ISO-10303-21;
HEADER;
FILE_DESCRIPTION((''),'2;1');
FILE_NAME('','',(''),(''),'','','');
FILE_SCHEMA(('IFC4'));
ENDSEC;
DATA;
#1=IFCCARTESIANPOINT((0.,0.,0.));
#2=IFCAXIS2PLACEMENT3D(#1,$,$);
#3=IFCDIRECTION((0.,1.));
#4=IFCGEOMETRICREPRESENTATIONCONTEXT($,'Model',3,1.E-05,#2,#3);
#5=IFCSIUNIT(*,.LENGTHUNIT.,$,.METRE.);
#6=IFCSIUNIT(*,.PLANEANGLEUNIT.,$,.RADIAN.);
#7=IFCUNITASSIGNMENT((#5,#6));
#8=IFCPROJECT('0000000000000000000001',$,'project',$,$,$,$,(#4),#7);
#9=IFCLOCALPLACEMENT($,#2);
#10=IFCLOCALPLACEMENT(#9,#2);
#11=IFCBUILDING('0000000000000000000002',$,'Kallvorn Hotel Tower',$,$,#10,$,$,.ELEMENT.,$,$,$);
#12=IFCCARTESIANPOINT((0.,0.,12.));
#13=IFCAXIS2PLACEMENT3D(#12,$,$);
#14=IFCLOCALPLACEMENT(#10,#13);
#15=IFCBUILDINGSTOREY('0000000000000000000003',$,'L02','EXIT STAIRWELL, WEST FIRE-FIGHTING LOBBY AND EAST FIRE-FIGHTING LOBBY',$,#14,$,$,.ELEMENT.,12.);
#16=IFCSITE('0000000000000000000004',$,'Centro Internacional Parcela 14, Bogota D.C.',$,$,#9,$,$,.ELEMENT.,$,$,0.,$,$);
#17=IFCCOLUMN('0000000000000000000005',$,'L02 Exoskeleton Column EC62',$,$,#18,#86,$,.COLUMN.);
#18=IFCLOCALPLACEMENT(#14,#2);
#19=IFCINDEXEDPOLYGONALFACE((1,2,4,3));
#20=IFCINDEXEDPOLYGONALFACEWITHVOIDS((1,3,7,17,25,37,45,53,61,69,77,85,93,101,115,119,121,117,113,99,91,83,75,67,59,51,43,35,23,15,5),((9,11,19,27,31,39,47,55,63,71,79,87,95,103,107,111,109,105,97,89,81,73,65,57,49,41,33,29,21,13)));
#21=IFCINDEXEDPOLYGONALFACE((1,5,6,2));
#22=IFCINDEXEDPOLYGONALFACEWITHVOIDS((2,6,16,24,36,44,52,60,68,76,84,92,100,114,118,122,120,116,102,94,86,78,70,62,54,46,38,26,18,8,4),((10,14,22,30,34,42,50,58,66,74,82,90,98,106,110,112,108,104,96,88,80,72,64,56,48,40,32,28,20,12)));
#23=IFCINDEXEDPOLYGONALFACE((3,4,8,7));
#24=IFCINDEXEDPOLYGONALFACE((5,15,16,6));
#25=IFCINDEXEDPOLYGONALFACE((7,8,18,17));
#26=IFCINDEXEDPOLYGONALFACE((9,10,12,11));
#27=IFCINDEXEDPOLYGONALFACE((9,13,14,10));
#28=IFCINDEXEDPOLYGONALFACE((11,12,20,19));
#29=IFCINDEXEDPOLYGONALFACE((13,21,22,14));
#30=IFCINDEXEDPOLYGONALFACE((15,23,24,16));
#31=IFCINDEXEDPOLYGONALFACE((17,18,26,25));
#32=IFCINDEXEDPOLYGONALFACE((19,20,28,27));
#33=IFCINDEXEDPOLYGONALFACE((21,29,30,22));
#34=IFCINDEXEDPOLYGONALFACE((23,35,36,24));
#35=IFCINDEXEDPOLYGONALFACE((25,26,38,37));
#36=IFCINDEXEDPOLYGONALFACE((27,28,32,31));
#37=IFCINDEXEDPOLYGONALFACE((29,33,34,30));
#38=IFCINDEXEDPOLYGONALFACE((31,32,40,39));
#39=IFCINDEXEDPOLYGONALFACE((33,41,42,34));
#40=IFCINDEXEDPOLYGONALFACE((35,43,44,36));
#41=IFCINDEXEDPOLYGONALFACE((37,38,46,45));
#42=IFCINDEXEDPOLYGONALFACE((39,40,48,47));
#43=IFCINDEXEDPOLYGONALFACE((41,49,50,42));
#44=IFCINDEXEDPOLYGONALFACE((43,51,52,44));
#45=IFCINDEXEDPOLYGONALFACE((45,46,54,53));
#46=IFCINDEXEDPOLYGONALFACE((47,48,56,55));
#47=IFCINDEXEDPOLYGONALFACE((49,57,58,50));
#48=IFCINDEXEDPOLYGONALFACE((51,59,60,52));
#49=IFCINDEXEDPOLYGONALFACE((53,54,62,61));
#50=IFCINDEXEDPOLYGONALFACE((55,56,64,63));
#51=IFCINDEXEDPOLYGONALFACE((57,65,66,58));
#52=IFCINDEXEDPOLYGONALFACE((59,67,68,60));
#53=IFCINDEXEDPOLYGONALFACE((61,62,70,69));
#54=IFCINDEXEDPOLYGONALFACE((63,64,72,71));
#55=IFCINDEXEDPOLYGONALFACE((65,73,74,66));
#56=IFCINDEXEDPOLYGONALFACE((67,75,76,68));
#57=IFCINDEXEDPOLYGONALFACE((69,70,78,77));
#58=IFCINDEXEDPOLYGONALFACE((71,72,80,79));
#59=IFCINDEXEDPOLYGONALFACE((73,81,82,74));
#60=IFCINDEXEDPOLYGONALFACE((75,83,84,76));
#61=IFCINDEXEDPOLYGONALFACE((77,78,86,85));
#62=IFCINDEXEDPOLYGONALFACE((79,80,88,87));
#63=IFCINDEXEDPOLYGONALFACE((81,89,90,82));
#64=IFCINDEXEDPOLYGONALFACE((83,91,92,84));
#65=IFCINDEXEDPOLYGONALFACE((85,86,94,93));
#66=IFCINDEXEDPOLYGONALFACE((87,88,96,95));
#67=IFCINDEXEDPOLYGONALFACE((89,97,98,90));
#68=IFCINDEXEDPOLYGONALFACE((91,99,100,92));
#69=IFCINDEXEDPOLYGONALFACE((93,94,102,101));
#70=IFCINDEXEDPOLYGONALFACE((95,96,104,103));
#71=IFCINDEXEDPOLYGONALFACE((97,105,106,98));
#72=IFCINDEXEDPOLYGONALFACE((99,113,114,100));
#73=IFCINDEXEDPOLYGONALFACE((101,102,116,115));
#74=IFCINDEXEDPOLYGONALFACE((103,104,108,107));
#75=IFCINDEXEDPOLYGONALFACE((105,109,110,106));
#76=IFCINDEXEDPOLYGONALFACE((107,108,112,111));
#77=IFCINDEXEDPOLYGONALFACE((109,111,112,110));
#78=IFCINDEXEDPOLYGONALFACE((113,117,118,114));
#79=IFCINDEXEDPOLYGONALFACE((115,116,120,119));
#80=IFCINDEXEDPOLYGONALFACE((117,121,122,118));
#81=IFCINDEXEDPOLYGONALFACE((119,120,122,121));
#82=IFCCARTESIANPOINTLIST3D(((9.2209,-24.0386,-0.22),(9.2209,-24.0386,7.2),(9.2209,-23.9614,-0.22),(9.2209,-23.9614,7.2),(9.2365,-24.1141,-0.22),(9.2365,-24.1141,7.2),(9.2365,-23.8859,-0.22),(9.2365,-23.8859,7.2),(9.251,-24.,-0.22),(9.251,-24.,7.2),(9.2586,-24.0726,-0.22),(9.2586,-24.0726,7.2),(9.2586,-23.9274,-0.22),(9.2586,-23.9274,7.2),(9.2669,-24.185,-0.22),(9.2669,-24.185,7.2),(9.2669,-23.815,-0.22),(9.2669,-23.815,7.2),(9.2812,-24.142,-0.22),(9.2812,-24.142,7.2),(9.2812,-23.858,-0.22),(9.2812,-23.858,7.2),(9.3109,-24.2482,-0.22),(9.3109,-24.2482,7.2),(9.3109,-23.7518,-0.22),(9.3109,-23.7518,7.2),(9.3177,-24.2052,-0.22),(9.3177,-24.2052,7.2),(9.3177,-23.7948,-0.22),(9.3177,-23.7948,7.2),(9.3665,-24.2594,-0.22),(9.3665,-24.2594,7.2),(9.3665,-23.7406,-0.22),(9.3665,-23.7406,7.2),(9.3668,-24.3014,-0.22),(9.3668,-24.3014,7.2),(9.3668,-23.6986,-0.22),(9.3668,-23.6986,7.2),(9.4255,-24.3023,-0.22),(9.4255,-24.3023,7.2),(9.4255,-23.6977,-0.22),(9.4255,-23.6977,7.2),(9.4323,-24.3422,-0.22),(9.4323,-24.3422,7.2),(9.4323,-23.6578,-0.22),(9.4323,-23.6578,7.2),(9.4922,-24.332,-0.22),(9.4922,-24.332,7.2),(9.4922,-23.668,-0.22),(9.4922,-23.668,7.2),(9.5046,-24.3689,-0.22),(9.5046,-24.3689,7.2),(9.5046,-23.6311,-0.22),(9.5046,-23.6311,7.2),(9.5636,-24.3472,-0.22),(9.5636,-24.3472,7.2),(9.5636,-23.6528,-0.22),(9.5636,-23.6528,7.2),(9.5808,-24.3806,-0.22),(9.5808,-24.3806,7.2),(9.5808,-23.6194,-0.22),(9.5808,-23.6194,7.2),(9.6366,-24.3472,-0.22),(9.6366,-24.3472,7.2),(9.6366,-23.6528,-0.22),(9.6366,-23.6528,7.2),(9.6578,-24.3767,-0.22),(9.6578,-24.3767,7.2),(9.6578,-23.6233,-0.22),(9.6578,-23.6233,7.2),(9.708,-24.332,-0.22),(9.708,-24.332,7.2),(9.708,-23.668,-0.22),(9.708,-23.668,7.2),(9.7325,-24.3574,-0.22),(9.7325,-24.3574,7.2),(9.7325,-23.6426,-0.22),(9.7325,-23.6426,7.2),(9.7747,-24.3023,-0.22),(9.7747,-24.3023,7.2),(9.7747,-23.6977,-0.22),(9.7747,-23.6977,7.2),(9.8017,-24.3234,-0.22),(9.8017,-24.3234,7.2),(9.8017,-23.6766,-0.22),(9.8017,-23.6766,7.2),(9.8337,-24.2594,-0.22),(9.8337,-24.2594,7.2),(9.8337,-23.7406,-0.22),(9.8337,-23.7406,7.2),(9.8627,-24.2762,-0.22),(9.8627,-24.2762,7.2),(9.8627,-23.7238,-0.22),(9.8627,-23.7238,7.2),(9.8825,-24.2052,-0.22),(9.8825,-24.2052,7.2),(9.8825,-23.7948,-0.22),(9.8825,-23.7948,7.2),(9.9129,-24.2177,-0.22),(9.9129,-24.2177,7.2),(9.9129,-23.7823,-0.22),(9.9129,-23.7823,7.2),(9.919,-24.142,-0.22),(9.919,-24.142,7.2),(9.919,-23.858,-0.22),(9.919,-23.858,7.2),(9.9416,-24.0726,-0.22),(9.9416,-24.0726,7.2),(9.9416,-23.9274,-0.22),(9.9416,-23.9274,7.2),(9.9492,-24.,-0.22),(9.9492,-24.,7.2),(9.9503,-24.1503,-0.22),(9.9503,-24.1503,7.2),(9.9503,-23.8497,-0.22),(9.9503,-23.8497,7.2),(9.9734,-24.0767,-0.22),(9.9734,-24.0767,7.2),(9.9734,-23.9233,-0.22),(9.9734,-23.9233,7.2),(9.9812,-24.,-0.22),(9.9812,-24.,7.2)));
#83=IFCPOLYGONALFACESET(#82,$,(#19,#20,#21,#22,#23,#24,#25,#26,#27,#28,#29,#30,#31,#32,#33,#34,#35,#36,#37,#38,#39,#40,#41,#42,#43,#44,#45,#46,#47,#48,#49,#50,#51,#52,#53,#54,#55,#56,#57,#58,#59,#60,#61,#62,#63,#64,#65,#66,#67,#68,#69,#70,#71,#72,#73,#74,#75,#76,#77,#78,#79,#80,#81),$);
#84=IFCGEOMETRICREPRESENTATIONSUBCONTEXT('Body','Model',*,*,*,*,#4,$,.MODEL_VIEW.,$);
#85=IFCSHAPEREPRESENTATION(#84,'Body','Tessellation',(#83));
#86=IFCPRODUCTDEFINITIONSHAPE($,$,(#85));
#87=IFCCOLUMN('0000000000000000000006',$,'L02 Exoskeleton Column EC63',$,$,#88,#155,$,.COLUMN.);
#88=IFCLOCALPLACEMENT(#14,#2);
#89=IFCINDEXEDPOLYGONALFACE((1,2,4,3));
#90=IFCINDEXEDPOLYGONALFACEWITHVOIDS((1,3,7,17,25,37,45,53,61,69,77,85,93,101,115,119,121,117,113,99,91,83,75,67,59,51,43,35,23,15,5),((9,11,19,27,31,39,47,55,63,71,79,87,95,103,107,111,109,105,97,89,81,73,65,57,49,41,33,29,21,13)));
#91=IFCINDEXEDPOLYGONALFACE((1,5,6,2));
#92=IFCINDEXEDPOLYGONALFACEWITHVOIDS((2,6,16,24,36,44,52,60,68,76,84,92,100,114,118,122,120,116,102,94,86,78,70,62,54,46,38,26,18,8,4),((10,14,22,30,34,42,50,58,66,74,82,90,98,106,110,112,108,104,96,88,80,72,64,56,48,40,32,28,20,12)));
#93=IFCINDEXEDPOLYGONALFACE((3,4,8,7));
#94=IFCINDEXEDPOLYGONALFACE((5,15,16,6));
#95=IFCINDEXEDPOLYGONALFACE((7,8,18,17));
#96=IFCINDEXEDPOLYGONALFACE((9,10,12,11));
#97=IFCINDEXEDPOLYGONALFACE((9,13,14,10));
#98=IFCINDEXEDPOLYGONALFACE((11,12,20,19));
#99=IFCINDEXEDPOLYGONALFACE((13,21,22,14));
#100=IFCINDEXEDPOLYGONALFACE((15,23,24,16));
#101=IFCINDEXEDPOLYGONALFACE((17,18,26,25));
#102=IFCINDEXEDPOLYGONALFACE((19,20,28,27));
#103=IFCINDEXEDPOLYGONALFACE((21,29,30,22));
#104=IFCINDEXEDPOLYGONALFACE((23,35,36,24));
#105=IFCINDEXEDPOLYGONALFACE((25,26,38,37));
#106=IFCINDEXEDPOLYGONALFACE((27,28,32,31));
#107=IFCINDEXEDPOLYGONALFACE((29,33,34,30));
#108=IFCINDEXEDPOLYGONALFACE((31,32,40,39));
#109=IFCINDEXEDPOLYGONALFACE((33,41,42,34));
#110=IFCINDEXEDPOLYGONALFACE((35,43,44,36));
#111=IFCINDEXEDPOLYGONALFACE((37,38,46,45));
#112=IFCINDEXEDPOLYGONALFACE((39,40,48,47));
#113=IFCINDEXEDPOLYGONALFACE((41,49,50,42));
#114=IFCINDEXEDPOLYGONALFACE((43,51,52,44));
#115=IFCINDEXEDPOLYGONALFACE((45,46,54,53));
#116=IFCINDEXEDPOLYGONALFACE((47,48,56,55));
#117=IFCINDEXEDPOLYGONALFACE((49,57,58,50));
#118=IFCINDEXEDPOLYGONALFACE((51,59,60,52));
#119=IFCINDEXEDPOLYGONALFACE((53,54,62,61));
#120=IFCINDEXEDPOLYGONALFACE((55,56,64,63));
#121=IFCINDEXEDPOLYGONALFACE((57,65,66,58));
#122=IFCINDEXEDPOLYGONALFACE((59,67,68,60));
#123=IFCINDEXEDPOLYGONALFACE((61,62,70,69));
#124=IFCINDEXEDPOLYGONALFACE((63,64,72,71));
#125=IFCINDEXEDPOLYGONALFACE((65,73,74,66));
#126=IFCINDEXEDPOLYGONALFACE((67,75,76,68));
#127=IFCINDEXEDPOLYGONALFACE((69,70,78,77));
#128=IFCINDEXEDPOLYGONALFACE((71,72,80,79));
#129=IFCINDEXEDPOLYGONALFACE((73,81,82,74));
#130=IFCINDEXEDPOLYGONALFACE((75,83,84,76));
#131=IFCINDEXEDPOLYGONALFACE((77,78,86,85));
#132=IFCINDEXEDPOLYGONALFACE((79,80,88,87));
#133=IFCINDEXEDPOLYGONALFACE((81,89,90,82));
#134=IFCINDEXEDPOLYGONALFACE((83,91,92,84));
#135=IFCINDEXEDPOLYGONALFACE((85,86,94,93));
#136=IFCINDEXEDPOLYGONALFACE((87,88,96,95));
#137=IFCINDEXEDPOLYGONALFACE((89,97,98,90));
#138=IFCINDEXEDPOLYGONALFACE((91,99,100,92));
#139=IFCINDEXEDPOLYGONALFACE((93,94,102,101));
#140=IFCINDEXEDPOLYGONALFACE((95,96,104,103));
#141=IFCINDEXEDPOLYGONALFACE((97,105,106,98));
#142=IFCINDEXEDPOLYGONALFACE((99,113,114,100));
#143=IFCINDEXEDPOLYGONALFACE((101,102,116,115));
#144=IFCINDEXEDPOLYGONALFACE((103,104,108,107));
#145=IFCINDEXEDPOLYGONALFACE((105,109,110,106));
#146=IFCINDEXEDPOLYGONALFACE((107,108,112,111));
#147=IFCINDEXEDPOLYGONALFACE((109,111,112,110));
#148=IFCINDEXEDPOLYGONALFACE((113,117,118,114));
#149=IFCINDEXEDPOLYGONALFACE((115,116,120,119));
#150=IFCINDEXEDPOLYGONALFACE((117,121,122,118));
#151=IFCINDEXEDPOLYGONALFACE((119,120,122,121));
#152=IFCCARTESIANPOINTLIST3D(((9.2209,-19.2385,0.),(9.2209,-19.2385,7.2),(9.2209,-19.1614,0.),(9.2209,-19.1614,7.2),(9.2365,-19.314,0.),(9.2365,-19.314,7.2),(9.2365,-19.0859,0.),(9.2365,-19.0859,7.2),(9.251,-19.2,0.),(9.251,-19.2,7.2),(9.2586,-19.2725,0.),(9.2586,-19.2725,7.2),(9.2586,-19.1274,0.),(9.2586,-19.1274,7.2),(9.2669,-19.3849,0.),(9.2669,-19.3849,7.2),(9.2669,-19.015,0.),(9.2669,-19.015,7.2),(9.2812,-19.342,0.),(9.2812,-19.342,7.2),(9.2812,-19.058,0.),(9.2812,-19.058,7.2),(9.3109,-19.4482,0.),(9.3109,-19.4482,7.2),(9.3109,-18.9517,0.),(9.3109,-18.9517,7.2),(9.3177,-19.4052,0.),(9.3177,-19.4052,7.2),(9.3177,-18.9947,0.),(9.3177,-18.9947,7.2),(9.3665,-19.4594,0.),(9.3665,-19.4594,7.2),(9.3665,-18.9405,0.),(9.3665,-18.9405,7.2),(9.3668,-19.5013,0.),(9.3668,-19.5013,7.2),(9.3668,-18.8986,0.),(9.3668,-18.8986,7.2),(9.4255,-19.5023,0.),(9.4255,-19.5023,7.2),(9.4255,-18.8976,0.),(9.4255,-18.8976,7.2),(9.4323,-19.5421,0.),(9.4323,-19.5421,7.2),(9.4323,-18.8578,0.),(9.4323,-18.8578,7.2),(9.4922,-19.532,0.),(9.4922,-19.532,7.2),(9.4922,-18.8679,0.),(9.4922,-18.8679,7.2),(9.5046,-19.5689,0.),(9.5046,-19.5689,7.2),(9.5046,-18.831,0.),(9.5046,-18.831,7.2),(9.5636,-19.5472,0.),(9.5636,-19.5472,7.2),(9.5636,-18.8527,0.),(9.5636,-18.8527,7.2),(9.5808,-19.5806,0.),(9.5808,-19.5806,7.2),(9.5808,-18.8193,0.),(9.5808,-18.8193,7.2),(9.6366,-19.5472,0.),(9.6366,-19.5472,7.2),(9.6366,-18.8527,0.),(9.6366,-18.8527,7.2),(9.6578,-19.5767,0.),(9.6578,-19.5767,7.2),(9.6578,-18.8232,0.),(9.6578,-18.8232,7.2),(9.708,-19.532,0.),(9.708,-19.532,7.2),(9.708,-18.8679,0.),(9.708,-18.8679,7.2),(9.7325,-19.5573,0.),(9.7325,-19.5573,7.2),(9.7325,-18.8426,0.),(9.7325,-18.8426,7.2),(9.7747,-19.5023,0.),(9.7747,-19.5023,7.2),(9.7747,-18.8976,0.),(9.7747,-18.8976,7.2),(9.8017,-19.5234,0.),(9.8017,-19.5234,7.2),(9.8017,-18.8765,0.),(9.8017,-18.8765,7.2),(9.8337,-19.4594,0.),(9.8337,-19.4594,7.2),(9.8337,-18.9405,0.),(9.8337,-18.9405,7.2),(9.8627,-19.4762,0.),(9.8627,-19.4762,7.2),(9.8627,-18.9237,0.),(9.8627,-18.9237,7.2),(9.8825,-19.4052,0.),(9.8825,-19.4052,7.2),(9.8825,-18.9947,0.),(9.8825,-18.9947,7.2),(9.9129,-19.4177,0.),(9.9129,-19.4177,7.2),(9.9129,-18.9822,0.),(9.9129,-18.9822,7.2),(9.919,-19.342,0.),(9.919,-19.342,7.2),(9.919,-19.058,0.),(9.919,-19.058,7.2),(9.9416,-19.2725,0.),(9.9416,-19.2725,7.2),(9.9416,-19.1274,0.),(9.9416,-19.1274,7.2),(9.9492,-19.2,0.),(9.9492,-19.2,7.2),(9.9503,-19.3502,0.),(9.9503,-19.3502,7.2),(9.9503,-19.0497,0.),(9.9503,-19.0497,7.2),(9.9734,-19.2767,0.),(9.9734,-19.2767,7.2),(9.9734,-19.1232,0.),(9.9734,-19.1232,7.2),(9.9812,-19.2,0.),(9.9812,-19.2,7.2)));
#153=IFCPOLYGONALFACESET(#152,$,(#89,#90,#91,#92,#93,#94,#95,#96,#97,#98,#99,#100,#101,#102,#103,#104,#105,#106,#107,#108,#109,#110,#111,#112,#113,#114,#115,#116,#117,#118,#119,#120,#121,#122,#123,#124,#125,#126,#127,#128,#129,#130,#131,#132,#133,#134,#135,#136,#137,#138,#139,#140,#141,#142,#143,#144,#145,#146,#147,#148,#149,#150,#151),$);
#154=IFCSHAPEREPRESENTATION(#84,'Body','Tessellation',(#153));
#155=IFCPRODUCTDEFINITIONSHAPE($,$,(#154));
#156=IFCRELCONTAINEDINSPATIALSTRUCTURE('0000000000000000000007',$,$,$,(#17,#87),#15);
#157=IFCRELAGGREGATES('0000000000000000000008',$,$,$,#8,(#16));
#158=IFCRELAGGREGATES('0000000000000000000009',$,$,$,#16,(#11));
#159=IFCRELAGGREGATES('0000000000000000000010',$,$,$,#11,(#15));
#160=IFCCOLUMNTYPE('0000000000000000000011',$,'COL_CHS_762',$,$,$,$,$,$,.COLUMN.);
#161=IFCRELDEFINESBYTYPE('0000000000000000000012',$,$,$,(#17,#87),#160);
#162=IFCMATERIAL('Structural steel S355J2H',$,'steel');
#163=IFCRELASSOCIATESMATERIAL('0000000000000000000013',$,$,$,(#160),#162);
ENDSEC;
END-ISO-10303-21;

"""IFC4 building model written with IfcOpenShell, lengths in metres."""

from ifc_helpers import new_model, si_unit, direction, frame, origin, origin_2d, place, context, subcontext, project, spatial, hollow_circle, extrude, material, material_profile, profile_set, type_object, element, save


model = new_model("IFC4")

# Units and contexts
model_context = context("Model", 3, precision=1e-05, world=origin(), true_north=direction((0.0, 1.0)))
body_context = subcontext(model_context, "Body", "Model", "MODEL_VIEW")
ifc_project = project(units=[si_unit("LENGTHUNIT", "METRE"), si_unit("PLANEANGLEUNIT", "RADIAN")], contexts=[model_context])

# Site, building, storey
site_placement = place(None, origin())
site = spatial("IfcSite", under=ifc_project, at=site_placement, Name="Centro Internacional Parcela 14, Bogota D.C.", CompositionType="ELEMENT", RefElevation=0.0)
building_placement = place(site_placement, origin())
building = spatial("IfcBuilding", under=site, at=building_placement, Name="Kallvorn Hotel Tower", CompositionType="ELEMENT")
storey_placement = place(building_placement, frame((0.0, 0.0, 12.0)))
storey = spatial("IfcBuildingStorey", under=building, at=storey_placement, Name="L02", Description="EXIT STAIRWELL, WEST FIRE-FIGHTING LOBBY AND EAST FIRE-FIGHTING LOBBY", CompositionType="ELEMENT", Elevation=12.0)

# Columns
ifc_material_1 = material(Name="Structural steel S355J2H", Category="steel")
ifc_material_profile_1 = material_profile(ifc_material_1, hollow_circle(Radius=0.3811, WallThickness=0.032, at=origin_2d()), Name="CHS 762x32")
ifc_profile_set_1 = profile_set([ifc_material_profile_1], Name="Structural steel S355J2H")
column_type_1 = type_object("IfcColumnType", Name="COL_CHS_762", PredefinedType="COLUMN", material=ifc_profile_set_1)
column_1_placement = place(storey_placement, frame((9.6001, -24.0, -0.22), z_axis=(0.0, 0.0, 1.0), x_axis=(1.0, 0.0, 0.0)))
element("IfcColumn", 1, at=column_1_placement, inside=storey, type_object=column_type_1, Name="L02 Exoskeleton Column EC62", PredefinedType="COLUMN", context=body_context, shape_type="SweptSolid", body=[
    extrude(hollow_circle(Radius=0.3811, WallThickness=0.032, at=origin_2d()), origin(), (0.0, 0.0, 1.0), 7.4199),
])
column_2_placement = place(storey_placement, frame((9.6001, -19.2, 0.0), z_axis=(0.0, 0.0, 1.0), x_axis=(1.0, 0.0, 0.0)))
element("IfcColumn", 2, at=column_2_placement, inside=storey, type_object=column_type_1, Name="L02 Exoskeleton Column EC63", PredefinedType="COLUMN", context=body_context, shape_type="SweptSolid", body=[
    extrude(hollow_circle(Radius=0.3811, WallThickness=0.032, at=origin_2d()), origin(), (0.0, 0.0, 1.0), 7.2),
])

save(model, "model.ifc")
